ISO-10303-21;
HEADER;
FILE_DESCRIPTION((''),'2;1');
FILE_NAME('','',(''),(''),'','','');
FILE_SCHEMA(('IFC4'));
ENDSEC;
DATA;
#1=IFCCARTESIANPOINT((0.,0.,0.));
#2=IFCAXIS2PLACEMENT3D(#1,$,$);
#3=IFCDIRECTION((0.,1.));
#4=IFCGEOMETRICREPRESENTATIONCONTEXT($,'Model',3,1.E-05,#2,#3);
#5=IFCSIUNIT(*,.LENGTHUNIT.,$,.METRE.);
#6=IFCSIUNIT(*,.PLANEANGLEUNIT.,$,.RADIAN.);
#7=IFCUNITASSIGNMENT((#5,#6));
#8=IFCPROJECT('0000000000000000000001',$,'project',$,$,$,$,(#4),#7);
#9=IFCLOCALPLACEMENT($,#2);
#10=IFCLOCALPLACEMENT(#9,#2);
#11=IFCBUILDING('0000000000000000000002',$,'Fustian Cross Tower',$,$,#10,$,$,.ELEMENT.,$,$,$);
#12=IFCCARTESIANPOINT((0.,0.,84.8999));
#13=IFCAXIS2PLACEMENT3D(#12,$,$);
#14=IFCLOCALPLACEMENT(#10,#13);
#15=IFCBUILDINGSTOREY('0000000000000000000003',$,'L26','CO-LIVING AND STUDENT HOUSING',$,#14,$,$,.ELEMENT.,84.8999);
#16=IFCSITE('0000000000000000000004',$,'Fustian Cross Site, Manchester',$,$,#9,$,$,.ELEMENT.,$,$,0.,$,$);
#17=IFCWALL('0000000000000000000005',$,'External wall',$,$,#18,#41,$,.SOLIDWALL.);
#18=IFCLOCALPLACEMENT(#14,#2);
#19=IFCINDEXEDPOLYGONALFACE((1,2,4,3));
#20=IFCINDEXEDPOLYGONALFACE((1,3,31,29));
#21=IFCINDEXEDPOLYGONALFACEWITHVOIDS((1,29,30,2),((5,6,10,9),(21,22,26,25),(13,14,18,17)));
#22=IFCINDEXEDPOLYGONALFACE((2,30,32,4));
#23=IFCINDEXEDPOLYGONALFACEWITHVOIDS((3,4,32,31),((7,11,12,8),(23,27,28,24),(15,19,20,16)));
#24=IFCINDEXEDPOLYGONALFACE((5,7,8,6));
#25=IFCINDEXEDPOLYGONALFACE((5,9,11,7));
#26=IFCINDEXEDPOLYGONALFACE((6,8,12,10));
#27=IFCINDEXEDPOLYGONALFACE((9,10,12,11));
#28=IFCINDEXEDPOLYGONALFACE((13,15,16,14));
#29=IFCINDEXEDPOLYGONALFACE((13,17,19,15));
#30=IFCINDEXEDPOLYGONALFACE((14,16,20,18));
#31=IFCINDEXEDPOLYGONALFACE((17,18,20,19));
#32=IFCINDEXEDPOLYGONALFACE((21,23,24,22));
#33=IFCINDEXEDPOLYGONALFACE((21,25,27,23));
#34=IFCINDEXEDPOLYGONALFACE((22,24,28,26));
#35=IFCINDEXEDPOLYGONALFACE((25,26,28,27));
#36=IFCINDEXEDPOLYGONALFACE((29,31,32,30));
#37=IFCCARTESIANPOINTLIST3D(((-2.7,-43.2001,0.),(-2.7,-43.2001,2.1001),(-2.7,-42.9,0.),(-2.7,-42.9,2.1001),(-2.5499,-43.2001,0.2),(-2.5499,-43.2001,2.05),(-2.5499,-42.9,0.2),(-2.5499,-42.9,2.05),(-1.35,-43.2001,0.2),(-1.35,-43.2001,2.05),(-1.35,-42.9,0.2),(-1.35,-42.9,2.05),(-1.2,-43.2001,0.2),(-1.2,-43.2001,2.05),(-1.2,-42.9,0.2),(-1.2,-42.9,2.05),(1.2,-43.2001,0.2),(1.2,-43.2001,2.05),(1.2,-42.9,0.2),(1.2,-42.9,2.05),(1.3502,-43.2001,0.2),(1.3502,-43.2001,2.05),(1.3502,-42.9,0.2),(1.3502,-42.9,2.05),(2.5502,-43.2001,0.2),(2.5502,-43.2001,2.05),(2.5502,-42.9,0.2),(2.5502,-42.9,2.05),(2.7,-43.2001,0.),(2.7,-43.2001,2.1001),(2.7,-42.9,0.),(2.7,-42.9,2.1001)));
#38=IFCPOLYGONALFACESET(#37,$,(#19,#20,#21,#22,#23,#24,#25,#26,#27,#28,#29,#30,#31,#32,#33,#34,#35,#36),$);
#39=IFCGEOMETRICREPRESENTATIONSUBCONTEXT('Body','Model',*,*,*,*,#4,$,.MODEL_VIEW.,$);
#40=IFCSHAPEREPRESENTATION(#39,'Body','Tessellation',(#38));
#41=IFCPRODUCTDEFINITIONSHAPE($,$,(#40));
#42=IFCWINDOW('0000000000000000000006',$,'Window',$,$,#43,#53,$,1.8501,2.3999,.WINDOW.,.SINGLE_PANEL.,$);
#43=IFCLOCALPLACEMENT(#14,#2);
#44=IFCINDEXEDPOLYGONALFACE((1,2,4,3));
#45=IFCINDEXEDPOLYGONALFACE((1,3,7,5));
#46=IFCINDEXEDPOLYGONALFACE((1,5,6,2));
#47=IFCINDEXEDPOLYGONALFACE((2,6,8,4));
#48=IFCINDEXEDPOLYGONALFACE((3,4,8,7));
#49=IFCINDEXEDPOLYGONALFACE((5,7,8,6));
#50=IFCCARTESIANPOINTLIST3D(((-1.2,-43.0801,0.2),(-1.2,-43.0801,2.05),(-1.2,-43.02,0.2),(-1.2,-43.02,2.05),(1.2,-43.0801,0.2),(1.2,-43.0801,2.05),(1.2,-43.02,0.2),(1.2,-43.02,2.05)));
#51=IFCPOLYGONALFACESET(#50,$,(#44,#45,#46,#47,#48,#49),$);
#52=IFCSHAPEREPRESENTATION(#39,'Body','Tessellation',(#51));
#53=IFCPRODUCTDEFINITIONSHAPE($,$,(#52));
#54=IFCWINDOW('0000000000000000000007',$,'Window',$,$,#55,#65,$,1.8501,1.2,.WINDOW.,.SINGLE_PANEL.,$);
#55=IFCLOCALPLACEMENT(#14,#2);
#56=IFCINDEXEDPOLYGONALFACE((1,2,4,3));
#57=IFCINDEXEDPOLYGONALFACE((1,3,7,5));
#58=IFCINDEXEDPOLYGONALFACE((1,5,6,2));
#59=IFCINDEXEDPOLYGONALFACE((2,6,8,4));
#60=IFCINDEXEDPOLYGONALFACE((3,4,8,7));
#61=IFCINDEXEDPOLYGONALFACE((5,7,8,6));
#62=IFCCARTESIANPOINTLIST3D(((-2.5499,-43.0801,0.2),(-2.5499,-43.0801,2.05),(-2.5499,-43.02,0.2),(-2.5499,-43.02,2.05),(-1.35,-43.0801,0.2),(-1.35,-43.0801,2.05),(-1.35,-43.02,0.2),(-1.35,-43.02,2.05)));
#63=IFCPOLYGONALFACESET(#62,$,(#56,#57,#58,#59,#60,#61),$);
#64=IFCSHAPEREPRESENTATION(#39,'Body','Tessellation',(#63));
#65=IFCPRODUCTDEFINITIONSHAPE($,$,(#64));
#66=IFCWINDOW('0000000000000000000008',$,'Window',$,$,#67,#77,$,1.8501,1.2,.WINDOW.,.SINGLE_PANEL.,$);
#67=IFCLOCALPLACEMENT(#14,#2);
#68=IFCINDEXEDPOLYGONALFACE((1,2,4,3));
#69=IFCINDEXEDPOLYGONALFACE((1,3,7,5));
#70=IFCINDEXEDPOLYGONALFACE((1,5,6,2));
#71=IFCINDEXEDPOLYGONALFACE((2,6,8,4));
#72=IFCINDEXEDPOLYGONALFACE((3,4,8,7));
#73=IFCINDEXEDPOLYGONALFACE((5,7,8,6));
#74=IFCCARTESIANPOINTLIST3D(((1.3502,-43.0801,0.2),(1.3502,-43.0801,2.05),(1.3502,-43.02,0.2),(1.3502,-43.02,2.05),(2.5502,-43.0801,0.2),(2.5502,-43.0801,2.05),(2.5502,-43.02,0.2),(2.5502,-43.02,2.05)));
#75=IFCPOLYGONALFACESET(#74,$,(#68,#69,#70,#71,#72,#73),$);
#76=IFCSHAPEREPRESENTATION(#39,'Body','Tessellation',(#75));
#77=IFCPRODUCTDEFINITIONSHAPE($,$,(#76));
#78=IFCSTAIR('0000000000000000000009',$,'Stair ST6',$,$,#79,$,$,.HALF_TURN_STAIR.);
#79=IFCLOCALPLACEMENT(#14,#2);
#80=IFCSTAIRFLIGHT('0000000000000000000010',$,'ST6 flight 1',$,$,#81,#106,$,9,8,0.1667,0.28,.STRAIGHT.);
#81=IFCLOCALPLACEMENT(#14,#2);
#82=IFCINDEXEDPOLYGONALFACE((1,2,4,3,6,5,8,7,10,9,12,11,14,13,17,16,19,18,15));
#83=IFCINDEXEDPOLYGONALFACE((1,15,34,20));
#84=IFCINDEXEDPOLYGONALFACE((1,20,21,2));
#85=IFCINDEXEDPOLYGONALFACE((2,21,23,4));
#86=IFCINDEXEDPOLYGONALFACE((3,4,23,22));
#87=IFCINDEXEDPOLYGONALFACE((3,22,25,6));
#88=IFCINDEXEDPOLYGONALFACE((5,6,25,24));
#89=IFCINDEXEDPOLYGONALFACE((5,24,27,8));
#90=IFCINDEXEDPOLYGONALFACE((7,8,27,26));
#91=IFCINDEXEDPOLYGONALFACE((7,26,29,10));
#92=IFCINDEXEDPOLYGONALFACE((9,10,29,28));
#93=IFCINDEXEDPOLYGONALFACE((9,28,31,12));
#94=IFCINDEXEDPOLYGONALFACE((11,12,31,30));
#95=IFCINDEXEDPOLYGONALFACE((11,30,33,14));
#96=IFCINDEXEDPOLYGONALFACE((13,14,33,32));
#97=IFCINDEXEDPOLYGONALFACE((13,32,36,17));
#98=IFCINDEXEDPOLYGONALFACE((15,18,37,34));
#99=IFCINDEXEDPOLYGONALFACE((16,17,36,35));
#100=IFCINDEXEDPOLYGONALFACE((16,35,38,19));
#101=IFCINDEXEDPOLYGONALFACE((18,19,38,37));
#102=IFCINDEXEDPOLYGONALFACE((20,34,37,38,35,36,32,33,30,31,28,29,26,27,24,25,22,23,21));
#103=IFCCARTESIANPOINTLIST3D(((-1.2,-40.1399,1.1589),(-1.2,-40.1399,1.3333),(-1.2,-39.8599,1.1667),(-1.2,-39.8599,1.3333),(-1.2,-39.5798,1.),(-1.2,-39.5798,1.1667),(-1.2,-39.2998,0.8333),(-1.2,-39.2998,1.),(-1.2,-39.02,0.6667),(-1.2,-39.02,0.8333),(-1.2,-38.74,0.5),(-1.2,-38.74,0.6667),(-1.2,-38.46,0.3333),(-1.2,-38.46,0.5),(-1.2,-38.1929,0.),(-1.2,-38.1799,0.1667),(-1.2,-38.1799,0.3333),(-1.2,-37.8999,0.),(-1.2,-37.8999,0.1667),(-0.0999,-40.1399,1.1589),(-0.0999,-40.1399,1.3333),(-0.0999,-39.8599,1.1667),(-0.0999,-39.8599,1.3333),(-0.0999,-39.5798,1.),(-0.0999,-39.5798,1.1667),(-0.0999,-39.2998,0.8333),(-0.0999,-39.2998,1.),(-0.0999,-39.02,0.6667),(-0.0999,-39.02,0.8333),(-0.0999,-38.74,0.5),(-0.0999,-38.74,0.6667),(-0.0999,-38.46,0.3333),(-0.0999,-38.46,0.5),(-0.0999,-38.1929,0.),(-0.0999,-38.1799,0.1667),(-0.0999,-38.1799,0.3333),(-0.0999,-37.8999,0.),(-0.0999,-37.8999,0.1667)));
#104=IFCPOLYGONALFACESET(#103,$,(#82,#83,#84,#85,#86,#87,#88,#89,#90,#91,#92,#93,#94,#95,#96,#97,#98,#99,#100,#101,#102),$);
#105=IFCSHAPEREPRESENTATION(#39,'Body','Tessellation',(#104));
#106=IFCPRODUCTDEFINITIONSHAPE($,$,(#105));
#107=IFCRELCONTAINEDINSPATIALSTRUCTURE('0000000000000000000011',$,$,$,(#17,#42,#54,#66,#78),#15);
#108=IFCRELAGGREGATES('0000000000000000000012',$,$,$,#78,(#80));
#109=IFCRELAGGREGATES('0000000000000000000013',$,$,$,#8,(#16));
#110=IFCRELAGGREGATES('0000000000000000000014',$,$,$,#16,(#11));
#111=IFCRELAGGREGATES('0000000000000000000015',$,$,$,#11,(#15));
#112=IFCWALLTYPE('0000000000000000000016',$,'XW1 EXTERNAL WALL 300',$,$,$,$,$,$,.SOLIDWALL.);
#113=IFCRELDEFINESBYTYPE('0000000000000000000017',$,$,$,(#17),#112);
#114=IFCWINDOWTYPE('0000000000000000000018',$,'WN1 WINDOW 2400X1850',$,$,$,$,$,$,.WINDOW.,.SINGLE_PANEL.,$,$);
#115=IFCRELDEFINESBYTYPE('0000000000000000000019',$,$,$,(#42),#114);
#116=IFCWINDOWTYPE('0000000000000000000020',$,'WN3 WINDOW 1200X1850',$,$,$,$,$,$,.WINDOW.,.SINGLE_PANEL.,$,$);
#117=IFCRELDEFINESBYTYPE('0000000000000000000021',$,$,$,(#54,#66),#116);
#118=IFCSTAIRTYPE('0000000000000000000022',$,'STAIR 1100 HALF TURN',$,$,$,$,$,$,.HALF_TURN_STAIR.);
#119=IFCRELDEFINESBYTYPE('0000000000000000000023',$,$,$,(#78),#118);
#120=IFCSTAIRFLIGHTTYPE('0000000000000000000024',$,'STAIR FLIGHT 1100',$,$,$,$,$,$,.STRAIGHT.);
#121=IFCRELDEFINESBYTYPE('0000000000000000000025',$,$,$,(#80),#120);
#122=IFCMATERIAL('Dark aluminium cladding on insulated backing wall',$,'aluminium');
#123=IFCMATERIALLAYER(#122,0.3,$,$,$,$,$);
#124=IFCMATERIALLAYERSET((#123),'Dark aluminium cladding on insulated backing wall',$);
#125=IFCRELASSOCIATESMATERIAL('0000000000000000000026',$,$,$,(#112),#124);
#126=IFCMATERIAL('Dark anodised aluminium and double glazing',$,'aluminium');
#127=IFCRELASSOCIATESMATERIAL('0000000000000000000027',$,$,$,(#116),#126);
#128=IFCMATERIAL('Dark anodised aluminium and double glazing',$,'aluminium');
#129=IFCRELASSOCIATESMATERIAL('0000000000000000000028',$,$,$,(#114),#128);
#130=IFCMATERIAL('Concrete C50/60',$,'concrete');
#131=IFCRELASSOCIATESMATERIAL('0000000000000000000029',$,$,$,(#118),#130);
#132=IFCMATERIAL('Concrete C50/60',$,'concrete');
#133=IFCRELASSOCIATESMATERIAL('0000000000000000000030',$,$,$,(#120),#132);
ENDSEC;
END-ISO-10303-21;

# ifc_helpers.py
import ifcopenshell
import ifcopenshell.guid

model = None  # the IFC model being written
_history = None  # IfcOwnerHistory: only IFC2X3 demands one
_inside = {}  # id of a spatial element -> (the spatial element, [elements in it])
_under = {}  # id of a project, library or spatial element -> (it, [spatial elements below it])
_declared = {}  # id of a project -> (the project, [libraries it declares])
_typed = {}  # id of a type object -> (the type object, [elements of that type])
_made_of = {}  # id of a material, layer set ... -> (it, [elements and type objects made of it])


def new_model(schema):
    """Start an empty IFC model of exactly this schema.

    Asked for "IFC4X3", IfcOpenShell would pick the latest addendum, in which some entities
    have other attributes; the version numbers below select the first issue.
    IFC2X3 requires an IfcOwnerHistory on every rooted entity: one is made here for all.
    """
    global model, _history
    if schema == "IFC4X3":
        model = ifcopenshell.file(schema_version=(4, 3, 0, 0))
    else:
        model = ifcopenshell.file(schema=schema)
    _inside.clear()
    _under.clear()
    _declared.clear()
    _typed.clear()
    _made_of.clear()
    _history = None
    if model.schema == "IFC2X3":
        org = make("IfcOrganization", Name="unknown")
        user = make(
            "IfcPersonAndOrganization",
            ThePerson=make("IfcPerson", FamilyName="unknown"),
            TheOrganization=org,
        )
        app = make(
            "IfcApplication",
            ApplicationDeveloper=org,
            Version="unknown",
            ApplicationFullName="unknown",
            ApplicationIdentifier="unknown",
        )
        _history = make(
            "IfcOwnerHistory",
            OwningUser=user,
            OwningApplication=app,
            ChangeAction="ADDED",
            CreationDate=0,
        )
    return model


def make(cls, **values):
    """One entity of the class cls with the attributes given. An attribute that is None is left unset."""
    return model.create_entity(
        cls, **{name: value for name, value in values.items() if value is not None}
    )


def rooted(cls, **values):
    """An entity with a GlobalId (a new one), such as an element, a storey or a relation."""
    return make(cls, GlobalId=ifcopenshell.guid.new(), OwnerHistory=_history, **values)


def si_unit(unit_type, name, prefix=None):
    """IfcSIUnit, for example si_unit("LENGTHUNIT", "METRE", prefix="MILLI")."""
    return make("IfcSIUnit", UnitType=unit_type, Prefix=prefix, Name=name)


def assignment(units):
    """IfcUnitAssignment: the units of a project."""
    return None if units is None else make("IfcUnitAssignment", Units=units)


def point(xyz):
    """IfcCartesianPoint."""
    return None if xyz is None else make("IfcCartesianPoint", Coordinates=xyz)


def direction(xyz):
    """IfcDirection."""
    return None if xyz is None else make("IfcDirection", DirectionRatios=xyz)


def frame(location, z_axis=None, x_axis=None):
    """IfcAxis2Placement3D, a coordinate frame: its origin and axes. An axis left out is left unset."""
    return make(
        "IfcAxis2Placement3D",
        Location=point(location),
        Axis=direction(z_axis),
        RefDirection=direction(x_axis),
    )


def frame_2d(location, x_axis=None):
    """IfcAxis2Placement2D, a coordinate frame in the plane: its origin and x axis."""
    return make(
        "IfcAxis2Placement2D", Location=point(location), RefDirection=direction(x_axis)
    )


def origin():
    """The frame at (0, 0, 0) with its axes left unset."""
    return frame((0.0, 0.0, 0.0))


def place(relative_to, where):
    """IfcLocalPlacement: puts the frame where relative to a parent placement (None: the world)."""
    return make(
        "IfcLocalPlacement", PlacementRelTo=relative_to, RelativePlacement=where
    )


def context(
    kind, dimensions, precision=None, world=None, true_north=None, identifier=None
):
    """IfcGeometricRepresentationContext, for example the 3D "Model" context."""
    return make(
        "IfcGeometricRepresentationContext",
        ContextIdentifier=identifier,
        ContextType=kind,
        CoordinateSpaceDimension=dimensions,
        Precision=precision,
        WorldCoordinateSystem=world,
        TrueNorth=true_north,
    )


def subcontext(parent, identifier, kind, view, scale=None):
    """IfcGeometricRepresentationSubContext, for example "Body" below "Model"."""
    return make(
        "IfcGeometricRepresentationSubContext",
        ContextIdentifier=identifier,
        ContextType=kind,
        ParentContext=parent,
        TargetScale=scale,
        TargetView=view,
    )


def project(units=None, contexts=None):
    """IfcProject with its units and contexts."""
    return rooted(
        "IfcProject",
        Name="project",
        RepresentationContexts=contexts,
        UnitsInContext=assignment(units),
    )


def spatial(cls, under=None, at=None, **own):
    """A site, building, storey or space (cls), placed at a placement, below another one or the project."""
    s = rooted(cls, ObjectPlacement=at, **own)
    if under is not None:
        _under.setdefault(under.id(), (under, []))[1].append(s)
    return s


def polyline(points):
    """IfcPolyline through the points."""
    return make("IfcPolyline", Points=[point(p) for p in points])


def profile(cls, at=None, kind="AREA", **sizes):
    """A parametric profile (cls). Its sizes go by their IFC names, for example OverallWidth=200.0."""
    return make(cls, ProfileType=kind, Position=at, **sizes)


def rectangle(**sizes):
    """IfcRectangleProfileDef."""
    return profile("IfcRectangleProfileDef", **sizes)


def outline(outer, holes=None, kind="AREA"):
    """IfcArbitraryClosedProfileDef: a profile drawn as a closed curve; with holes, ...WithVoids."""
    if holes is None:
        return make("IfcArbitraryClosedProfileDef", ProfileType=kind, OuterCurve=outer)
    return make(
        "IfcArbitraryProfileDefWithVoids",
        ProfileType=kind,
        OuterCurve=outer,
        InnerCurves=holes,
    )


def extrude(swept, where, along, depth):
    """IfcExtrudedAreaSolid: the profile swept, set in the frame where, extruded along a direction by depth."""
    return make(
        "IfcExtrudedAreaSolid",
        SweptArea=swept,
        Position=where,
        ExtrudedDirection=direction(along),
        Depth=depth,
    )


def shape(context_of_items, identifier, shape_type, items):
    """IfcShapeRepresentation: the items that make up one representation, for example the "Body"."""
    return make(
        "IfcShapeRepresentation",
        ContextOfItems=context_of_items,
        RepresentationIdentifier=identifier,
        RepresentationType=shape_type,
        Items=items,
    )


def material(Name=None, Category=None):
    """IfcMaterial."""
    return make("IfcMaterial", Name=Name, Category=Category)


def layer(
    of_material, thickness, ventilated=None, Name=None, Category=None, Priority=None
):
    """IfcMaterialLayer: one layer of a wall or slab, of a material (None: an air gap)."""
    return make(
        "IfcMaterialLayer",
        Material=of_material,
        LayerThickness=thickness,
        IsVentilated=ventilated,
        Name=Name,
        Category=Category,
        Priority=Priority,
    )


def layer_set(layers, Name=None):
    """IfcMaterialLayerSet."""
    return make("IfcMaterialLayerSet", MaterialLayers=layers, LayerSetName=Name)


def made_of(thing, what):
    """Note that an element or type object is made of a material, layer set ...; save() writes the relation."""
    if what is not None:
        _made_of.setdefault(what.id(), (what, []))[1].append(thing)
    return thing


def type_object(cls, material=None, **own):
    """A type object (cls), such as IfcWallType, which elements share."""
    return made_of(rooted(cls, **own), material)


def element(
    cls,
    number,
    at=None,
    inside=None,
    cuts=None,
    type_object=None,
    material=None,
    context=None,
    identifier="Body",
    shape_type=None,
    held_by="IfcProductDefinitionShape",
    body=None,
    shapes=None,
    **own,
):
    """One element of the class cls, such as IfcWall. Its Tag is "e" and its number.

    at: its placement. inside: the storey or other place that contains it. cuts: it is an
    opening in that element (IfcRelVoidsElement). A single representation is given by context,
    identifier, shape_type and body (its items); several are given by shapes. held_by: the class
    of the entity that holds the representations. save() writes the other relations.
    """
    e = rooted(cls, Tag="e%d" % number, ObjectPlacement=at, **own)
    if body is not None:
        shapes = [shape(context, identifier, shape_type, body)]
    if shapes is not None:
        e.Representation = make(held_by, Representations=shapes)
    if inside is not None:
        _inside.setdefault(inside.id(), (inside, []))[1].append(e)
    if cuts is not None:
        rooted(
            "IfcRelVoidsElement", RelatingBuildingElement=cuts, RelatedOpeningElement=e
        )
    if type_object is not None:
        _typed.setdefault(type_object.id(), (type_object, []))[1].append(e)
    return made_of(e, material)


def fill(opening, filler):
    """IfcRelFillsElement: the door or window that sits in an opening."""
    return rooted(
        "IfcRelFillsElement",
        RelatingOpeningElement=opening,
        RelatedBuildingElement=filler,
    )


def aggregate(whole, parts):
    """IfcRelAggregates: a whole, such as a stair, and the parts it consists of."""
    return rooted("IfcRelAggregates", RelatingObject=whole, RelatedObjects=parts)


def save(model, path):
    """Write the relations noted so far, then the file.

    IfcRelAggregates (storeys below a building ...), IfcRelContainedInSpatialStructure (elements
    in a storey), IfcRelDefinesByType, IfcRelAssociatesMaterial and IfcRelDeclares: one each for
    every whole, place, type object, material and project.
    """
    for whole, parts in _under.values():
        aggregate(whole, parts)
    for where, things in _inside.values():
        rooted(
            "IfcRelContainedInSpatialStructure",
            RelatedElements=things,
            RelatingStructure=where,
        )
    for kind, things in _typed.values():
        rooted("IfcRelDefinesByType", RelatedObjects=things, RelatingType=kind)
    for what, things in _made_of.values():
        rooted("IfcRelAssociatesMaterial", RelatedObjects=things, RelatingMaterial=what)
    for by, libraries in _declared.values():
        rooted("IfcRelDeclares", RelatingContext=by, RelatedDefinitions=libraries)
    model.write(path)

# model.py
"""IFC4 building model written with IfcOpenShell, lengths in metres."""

from ifc_helpers import new_model, si_unit, direction, frame, frame_2d, origin, place, context, subcontext, project, spatial, polyline, rectangle, outline, extrude, material, layer, layer_set, type_object, element, fill, aggregate, save


model = new_model("IFC4")

# Units and contexts
model_context = context("Model", 3, precision=1e-05, world=origin(), true_north=direction((0.0, 1.0)))
body_context = subcontext(model_context, "Body", "Model", "MODEL_VIEW")
ifc_project = project(units=[si_unit("LENGTHUNIT", "METRE"), si_unit("PLANEANGLEUNIT", "RADIAN")], contexts=[model_context])

# Site, building, storey
site_placement = place(None, origin())
site = spatial("IfcSite", under=ifc_project, at=site_placement, Name="Fustian Cross Site, Manchester", CompositionType="ELEMENT", RefElevation=0.0)
building_placement = place(site_placement, origin())
building = spatial("IfcBuilding", under=site, at=building_placement, Name="Fustian Cross Tower", CompositionType="ELEMENT")
storey_placement = place(building_placement, frame((0.0, 0.0, 84.8999)))
storey = spatial("IfcBuildingStorey", under=building, at=storey_placement, Name="L26", Description="CO-LIVING AND STUDENT HOUSING", CompositionType="ELEMENT", Elevation=84.8999)

# Shared definitions
ifc_material_1 = material(Name="Dark aluminium cladding on insulated backing wall", Category="aluminium")
ifc_layer_1 = layer(ifc_material_1, 0.3)
ifc_layer_set_1 = layer_set([ifc_layer_1], Name="Dark aluminium cladding on insulated backing wall")
wall_type_1 = type_object("IfcWallType", Name="XW1 EXTERNAL WALL 300", PredefinedType="SOLIDWALL", material=ifc_layer_set_1)

# Shared definitions
ifc_material_2 = material(Name="Dark anodised aluminium and double glazing", Category="aluminium")
window_type_1 = type_object("IfcWindowType", Name="WN3 WINDOW 1200X1850", PartitioningType="SINGLE_PANEL", PredefinedType="WINDOW", material=ifc_material_2)

# Wall, openings, windows
wall_1_placement = place(storey_placement, frame((-2.7, -43.05, 0.0), z_axis=(0.0, 0.0, 1.0), x_axis=(1.0, 0.0, 0.0)))
wall_1 = element("IfcWall", 1, at=wall_1_placement, inside=storey, type_object=wall_type_1, Name="External wall", PredefinedType="SOLIDWALL", context=body_context, shape_type="SweptSolid", body=[
    extrude(rectangle(XDim=5.3999, YDim=0.3, at=frame_2d((2.7, 0.0))), origin(), (0.0, 0.0, 1.0), 2.1001),
])
opening_1_placement = place(wall_1_placement, frame((1.5, 0.0, 0.2)))
opening_1 = element("IfcOpeningElement", 2, at=opening_1_placement, cuts=wall_1, PredefinedType="OPENING", context=body_context, shape_type="SweptSolid", body=[
    extrude(rectangle(XDim=2.3999, YDim=1.8501, at=frame_2d((1.2, 0.925))), frame((0.0, 0.1599, 0.0), z_axis=(0.0, -1.0, 0.0), x_axis=(1.0, 0.0, 0.0)), (0.0, 0.0, 1.0), 0.3201),
])
opening_2_placement = place(wall_1_placement, frame((0.1499, 0.0, 0.2)))
opening_2 = element("IfcOpeningElement", 3, at=opening_2_placement, cuts=wall_1, PredefinedType="OPENING", context=body_context, shape_type="SweptSolid", body=[
    extrude(rectangle(XDim=1.2, YDim=1.8501, at=frame_2d((0.6001, 0.925))), frame((0.0, 0.1599, 0.0), z_axis=(0.0, -1.0, 0.0), x_axis=(1.0, 0.0, 0.0)), (0.0, 0.0, 1.0), 0.3201),
])
opening_3_placement = place(wall_1_placement, frame((4.05, 0.0, 0.2)))
opening_3 = element("IfcOpeningElement", 4, at=opening_3_placement, cuts=wall_1, PredefinedType="OPENING", context=body_context, shape_type="SweptSolid", body=[
    extrude(rectangle(XDim=1.2, YDim=1.8501, at=frame_2d((0.6001, 0.925))), frame((0.0, 0.1599, 0.0), z_axis=(0.0, -1.0, 0.0), x_axis=(1.0, 0.0, 0.0)), (0.0, 0.0, 1.0), 0.3201),
])
ifc_material_3 = material(Name="Dark anodised aluminium and double glazing", Category="aluminium")
window_type_2 = type_object("IfcWindowType", Name="WN1 WINDOW 2400X1850", PartitioningType="SINGLE_PANEL", PredefinedType="WINDOW", material=ifc_material_3)
window_1_placement = place(opening_1_placement, origin())
window_1 = element("IfcWindow", 5, at=window_1_placement, inside=storey, type_object=window_type_2, Name="Window", OverallHeight=1.8501, OverallWidth=2.3999, PartitioningType="SINGLE_PANEL", PredefinedType="WINDOW", context=body_context, shape_type="SweptSolid", body=[
    extrude(rectangle(XDim=2.3999, YDim=1.8501, at=frame_2d((1.2, 0.925))), frame((0.0, 0.03, 0.0), z_axis=(0.0, -1.0, 0.0), x_axis=(1.0, 0.0, 0.0)), (0.0, 0.0, 1.0), 0.0601),
])
fill(opening_1, window_1)
window_2_placement = place(opening_2_placement, origin())
window_2 = element("IfcWindow", 6, at=window_2_placement, inside=storey, type_object=window_type_1, Name="Window", OverallHeight=1.8501, OverallWidth=1.2, PartitioningType="SINGLE_PANEL", PredefinedType="WINDOW", context=body_context, shape_type="SweptSolid", body=[
    extrude(rectangle(XDim=1.2, YDim=1.8501, at=frame_2d((0.6001, 0.925))), frame((0.0, 0.03, 0.0), z_axis=(0.0, -1.0, 0.0), x_axis=(1.0, 0.0, 0.0)), (0.0, 0.0, 1.0), 0.0601),
])
fill(opening_2, window_2)
window_3_placement = place(opening_3_placement, origin())
window_3 = element("IfcWindow", 7, at=window_3_placement, inside=storey, type_object=window_type_1, Name="Window", OverallHeight=1.8501, OverallWidth=1.2, PartitioningType="SINGLE_PANEL", PredefinedType="WINDOW", context=body_context, shape_type="SweptSolid", body=[
    extrude(rectangle(XDim=1.2, YDim=1.8501, at=frame_2d((0.6001, 0.925))), frame((0.0, 0.03, 0.0), z_axis=(0.0, -1.0, 0.0), x_axis=(1.0, 0.0, 0.0)), (0.0, 0.0, 1.0), 0.0601),
])
fill(opening_3, window_3)

# Stair, stair flight
ifc_material_4 = material(Name="Concrete C50/60", Category="concrete")
stair_type = type_object("IfcStairType", Name="STAIR 1100 HALF TURN", PredefinedType="HALF_TURN_STAIR", material=ifc_material_4)
stair_placement = place(storey_placement, origin())
stair = element("IfcStair", 8, at=stair_placement, inside=storey, type_object=stair_type, Name="Stair ST6", PredefinedType="HALF_TURN_STAIR")
ifc_material_5 = material(Name="Concrete C50/60", Category="concrete")
stair_flight_type = type_object("IfcStairFlightType", Name="STAIR FLIGHT 1100", PredefinedType="STRAIGHT", material=ifc_material_5)
stair_flight_placement = place(storey_placement, frame((-0.6499, -37.8999, 0.0), z_axis=(0.0, 0.0, 1.0), x_axis=(0.0, -1.0, 0.0)))
stair_flight = element("IfcStairFlight", 9, at=stair_flight_placement, type_object=stair_flight_type, Name="ST6 flight 1", NumberOfRisers=9, NumberOfTreads=8, PredefinedType="STRAIGHT", RiserHeight=0.1667, TreadLength=0.28, context=body_context, shape_type="SweptSolid", body=[
    extrude(outline(polyline([(0.0, 0.0), (0.0, 0.1667), (0.28, 0.1667), (0.28, 0.3333), (0.5601, 0.3333), (0.5601, 0.5), (0.8401, 0.5), (0.8401, 0.6667), (1.1201, 0.6667), (1.1201, 0.8333), (1.3999, 0.8333), (1.3999, 1.0), (1.6799, 1.0), (1.6799, 1.1667), (1.96, 1.1667), (1.96, 1.3333), (2.24, 1.3333), (2.24, 1.5), (2.24, 1.1589), (0.293, 0.0), (0.0, 0.0)])), frame((0.0, 0.55, 0.0), z_axis=(0.0, -1.0, 0.0), x_axis=(1.0, 0.0, 0.0)), (0.0, 0.0, 1.0), 1.1001),
])
aggregate(stair, [stair_flight])

save(model, "model.ifc")
